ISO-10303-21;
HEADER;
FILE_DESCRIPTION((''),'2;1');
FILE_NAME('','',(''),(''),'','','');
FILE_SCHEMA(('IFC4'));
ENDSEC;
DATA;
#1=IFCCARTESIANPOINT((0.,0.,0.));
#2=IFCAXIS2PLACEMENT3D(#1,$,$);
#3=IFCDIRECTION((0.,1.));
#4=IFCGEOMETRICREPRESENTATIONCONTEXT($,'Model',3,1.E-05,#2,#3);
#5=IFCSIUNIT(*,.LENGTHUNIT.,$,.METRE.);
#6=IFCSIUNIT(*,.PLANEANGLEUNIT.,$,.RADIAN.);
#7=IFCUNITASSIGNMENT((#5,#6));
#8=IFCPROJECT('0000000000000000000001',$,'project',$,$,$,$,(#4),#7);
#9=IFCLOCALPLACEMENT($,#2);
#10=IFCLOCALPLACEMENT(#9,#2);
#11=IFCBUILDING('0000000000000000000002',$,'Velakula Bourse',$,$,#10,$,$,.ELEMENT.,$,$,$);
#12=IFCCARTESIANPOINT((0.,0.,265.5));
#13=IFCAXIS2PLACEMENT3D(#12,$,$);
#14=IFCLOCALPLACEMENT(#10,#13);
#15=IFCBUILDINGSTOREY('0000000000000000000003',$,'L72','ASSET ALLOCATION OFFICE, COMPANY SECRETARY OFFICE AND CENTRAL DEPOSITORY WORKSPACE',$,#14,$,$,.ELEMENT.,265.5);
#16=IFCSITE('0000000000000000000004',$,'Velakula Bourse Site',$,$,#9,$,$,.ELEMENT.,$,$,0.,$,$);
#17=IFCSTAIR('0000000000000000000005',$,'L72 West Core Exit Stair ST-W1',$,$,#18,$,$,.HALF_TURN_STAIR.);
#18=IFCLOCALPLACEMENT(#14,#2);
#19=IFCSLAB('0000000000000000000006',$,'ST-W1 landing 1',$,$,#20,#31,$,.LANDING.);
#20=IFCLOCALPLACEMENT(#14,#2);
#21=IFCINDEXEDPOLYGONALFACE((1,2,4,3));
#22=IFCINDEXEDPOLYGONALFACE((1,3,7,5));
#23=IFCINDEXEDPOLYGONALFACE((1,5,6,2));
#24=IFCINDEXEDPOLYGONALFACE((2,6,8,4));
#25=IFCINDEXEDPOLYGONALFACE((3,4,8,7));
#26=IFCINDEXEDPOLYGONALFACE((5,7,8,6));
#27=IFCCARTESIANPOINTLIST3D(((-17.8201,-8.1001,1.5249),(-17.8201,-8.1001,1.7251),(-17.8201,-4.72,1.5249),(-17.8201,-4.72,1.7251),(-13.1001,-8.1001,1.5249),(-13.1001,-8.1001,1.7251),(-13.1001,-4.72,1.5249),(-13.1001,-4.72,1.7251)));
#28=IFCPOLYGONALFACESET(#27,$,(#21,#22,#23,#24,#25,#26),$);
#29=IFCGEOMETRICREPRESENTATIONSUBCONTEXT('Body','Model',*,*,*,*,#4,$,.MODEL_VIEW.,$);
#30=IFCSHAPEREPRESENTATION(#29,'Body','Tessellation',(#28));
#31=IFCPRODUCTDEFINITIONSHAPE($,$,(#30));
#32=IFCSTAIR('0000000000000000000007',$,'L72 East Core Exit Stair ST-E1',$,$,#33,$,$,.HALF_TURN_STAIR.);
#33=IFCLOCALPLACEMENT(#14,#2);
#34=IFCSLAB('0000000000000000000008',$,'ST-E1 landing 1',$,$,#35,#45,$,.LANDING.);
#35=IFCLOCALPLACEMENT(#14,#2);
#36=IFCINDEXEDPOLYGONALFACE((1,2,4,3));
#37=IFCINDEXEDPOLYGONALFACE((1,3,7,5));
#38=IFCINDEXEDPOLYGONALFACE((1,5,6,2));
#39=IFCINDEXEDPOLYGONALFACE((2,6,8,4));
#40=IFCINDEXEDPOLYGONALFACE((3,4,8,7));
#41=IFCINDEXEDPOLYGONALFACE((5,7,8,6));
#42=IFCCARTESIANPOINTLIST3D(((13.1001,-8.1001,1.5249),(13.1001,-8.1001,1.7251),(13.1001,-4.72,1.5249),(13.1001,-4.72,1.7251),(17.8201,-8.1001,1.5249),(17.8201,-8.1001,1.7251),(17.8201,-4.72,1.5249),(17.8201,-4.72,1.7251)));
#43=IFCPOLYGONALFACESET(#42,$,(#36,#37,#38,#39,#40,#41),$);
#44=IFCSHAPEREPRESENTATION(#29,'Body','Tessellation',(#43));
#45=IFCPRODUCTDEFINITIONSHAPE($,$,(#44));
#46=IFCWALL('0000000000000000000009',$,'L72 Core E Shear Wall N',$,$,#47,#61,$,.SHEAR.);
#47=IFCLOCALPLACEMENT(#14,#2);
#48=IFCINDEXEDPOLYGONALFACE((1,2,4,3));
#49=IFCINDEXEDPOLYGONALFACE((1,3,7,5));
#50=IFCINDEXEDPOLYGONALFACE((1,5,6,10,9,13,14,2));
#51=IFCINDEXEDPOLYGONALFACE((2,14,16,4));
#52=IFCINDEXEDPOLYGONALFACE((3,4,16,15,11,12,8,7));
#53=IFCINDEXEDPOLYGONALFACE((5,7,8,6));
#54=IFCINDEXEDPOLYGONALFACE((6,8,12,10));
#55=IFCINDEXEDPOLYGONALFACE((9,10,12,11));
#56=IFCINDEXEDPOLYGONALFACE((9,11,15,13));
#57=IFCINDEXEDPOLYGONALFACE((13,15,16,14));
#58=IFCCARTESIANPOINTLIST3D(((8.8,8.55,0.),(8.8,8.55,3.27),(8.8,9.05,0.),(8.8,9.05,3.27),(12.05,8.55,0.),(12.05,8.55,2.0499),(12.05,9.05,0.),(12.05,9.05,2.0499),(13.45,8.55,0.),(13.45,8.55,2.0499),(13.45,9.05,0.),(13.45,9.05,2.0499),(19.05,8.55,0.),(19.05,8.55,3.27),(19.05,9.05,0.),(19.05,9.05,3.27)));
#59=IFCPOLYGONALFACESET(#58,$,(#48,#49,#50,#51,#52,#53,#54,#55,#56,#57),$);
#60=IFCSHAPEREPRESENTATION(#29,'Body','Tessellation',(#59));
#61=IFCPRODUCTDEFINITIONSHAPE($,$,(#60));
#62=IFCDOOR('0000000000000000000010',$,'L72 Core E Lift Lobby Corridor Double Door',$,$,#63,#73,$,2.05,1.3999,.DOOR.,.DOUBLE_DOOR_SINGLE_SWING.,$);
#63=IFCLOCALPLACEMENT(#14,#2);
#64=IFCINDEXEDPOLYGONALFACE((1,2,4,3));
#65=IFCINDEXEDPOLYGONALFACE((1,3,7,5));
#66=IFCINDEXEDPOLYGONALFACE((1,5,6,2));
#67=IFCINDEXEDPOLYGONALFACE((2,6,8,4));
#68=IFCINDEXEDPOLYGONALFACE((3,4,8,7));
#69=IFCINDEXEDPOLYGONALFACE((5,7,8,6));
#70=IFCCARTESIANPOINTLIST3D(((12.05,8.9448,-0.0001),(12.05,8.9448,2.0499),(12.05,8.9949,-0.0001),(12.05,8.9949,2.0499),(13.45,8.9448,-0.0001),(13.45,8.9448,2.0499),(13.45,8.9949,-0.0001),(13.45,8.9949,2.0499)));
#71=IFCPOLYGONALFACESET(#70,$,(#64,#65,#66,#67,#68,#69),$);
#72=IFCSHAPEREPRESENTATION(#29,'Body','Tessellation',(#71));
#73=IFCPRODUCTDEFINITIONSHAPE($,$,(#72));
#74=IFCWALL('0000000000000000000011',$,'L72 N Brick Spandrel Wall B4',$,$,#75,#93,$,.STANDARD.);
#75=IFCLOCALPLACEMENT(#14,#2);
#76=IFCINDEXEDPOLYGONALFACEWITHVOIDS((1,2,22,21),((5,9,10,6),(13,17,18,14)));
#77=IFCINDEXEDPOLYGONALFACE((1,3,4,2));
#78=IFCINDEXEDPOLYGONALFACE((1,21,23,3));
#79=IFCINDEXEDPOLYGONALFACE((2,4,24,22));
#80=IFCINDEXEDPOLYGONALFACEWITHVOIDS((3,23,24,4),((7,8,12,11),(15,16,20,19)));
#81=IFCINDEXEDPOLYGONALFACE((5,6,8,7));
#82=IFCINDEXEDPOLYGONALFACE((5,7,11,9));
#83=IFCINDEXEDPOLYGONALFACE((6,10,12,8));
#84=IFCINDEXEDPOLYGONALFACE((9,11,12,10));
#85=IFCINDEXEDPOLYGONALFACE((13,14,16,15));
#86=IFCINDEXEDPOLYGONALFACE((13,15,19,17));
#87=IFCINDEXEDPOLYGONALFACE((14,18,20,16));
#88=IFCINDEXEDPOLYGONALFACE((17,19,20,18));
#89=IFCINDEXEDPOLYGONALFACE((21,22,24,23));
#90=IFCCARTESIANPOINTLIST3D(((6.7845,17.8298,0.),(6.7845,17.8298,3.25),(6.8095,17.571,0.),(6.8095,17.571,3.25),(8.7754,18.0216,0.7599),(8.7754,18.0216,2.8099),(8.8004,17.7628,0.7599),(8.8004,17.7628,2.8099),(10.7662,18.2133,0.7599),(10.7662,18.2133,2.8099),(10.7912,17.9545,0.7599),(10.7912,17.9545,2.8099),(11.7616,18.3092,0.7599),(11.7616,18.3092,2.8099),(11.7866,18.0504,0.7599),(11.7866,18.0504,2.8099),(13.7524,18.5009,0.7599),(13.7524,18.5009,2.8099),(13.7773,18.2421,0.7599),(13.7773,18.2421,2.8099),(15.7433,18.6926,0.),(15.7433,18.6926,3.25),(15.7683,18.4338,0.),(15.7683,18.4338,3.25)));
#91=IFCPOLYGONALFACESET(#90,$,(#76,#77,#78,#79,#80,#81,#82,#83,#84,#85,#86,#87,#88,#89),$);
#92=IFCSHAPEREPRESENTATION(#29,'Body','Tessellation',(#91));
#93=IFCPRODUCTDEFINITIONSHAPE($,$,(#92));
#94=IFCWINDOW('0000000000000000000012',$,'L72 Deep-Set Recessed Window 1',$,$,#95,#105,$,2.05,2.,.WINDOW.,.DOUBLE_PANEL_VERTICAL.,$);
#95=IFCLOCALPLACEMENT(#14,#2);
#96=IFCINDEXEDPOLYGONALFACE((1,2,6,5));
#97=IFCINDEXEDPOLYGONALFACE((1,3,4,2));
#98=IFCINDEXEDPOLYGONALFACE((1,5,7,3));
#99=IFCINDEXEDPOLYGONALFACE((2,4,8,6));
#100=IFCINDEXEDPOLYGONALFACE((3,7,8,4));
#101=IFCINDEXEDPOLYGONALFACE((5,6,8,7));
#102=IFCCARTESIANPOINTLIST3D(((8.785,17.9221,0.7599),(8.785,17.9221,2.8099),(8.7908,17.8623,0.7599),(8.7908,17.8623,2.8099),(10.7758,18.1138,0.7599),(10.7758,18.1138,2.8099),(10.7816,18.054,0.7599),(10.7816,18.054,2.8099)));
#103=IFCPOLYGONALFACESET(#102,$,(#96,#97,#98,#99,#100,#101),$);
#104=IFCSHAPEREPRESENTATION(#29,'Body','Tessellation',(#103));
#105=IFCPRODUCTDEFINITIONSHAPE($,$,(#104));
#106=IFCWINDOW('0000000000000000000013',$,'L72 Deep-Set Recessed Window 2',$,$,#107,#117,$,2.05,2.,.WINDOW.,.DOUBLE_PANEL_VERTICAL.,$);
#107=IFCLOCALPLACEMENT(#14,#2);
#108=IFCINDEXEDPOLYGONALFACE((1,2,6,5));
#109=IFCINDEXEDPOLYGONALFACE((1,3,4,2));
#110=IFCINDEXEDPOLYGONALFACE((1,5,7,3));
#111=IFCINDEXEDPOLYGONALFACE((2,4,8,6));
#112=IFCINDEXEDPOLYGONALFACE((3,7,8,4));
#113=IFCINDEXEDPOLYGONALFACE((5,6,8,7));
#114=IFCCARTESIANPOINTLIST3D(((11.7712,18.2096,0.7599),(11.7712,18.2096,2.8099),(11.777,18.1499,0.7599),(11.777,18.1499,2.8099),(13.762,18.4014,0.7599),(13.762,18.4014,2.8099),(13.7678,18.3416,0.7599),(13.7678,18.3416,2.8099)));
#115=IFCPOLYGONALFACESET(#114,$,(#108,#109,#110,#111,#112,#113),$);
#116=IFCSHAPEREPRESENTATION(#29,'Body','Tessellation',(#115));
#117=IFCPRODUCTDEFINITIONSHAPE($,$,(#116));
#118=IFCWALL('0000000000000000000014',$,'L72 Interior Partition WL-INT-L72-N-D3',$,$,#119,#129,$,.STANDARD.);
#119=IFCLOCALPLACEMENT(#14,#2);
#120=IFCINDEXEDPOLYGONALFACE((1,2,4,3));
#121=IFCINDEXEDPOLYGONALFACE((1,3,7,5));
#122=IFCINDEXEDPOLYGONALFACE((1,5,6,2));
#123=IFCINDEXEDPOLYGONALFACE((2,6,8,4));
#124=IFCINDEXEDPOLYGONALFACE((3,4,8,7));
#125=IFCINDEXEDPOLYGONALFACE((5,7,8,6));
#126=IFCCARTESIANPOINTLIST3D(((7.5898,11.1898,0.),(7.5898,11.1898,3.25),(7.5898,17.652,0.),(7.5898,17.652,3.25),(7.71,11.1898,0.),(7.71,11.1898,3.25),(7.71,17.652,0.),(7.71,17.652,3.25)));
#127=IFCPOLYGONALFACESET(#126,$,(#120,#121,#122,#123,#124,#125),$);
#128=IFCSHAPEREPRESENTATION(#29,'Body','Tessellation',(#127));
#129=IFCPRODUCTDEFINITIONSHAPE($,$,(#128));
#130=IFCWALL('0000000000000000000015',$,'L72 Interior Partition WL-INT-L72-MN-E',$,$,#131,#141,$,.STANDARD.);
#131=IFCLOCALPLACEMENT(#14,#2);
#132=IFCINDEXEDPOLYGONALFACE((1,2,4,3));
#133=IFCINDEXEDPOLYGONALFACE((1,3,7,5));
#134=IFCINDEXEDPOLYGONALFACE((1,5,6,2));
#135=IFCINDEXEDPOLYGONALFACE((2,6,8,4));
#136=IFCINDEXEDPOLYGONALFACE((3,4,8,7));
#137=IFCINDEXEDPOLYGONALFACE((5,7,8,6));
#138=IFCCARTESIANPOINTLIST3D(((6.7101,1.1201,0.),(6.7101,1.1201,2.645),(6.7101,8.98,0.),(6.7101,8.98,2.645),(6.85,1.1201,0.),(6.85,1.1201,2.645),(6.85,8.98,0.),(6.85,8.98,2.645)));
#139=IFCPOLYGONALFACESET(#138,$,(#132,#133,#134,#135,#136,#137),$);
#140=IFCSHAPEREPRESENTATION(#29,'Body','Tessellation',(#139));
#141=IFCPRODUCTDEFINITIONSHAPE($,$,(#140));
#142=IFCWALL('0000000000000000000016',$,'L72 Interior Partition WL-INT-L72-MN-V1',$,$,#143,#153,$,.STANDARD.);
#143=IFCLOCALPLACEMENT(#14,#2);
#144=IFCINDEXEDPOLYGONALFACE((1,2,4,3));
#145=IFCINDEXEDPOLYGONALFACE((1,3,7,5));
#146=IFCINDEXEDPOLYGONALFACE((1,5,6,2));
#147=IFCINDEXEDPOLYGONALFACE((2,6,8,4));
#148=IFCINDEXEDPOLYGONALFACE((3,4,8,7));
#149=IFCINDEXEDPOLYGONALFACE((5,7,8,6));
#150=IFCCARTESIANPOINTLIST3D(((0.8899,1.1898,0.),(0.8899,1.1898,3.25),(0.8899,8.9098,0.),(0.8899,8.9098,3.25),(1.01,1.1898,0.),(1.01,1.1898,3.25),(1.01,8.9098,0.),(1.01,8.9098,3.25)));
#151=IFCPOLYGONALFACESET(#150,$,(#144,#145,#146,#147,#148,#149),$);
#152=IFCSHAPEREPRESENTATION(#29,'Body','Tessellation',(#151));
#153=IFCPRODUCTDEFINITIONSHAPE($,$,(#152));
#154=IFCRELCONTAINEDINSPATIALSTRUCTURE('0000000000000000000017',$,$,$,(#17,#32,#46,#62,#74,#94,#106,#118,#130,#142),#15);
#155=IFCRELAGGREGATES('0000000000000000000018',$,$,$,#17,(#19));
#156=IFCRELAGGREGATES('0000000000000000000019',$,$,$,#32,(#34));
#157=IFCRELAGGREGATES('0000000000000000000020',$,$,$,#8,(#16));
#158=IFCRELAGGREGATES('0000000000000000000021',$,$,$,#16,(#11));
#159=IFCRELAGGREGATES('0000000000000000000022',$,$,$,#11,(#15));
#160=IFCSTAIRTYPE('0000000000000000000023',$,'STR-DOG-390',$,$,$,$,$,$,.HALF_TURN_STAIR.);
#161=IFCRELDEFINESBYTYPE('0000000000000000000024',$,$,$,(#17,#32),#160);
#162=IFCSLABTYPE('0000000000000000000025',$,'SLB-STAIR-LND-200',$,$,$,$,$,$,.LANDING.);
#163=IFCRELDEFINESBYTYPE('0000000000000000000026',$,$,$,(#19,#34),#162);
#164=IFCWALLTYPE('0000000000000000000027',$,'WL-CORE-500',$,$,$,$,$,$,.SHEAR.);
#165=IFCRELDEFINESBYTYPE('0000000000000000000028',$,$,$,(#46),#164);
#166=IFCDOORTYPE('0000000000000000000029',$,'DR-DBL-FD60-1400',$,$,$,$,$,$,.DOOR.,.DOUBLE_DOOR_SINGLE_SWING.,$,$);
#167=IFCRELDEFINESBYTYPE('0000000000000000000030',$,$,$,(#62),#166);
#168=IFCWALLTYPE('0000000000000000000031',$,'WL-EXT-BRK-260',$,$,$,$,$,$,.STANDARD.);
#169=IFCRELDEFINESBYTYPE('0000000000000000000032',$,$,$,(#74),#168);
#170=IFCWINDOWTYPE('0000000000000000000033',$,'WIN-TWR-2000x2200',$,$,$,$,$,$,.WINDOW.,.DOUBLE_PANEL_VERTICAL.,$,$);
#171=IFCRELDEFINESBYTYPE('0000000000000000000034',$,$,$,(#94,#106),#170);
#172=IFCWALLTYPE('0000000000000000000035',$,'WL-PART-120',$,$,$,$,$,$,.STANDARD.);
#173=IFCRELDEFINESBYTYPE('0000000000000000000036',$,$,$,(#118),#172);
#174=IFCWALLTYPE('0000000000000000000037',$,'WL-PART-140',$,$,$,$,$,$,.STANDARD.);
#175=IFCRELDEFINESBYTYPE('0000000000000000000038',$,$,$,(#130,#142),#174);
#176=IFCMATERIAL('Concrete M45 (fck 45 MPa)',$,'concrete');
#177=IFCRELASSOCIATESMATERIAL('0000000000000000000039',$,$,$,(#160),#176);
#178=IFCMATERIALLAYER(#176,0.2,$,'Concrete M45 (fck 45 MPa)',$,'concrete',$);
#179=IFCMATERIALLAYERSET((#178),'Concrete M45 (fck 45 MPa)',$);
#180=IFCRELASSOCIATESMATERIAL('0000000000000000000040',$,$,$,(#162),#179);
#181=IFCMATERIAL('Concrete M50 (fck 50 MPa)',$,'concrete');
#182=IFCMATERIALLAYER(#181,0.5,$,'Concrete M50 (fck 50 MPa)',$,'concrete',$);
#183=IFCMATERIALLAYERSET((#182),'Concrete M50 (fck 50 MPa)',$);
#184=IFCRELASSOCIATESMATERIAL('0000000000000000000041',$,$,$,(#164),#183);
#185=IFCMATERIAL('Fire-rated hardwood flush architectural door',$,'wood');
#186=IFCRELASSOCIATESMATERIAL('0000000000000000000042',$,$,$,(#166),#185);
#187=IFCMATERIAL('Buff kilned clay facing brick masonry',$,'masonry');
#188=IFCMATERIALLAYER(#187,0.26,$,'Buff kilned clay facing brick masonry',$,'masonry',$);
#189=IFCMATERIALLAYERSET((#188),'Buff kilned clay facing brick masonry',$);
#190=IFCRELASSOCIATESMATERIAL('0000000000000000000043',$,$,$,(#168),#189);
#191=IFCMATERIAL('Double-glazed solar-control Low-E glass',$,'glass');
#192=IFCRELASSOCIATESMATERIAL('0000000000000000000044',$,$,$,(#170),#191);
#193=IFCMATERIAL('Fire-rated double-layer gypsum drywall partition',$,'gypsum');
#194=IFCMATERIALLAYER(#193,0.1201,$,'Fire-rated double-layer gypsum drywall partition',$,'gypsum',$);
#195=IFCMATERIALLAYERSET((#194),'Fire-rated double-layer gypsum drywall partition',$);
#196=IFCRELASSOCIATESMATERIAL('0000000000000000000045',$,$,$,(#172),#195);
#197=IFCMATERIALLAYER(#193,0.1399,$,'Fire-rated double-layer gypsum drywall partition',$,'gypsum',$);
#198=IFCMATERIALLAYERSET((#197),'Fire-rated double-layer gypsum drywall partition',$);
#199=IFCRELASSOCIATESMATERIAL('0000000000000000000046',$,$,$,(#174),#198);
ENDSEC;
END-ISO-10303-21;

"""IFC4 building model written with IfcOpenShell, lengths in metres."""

from ifc_helpers import new_model, si_unit, direction, frame, frame_2d, origin, place, context, subcontext, project, spatial, polyline, rectangle, outline, extrude, material, layer, layer_set, type_object, element, fill, aggregate, save


model = new_model("IFC4")

# Units and contexts
model_context = context("Model", 3, precision=1e-05, world=origin(), true_north=direction((0.0, 1.0)))
body_context = subcontext(model_context, "Body", "Model", "MODEL_VIEW")
ifc_project = project(units=[si_unit("LENGTHUNIT", "METRE"), si_unit("PLANEANGLEUNIT", "RADIAN")], contexts=[model_context])

# Site, building, storey
site_placement = place(None, origin())
site = spatial("IfcSite", under=ifc_project, at=site_placement, Name="Velakula Bourse Site", CompositionType="ELEMENT", RefElevation=0.0)
building_placement = place(site_placement, origin())
building = spatial("IfcBuilding", under=site, at=building_placement, Name="Velakula Bourse", CompositionType="ELEMENT")
storey_placement = place(building_placement, frame((0.0, 0.0, 265.5)))
storey = spatial("IfcBuildingStorey", under=building, at=storey_placement, Name="L72", Description="ASSET ALLOCATION OFFICE, COMPANY SECRETARY OFFICE AND CENTRAL DEPOSITORY WORKSPACE", CompositionType="ELEMENT", Elevation=265.5)

# Shared definitions
ifc_material_1 = material(Name="Concrete M50 (fck 50 MPa)", Category="concrete")

# Stairs, slabs
ifc_material_2 = material(Name="Concrete M45 (fck 45 MPa)", Category="concrete")
stair_type = type_object("IfcStairType", Name="STR-DOG-390", PredefinedType="HALF_TURN_STAIR", material=ifc_material_2)
stair_1_placement = place(storey_placement, origin())
stair_1 = element("IfcStair", 1, at=stair_1_placement, inside=storey, type_object=stair_type, Name="L72 West Core Exit Stair ST-W1", PredefinedType="HALF_TURN_STAIR")
ifc_layer_1 = layer(ifc_material_2, 0.2, Name="Concrete M45 (fck 45 MPa)", Category="concrete")
ifc_layer_set_1 = layer_set([ifc_layer_1], Name="Concrete M45 (fck 45 MPa)")
slab_type = type_object("IfcSlabType", Name="SLB-STAIR-LND-200", PredefinedType="LANDING", material=ifc_layer_set_1)
slab_1_placement = place(storey_placement, frame((0.0, 0.0, 1.5249)))
slab_1 = element("IfcSlab", 2, at=slab_1_placement, type_object=slab_type, Name="ST-W1 landing 1", PredefinedType="LANDING", context=body_context, shape_type="SweptSolid", body=[
    extrude(outline(polyline([(-17.8201, -4.72), (-17.8201, -8.1001), (-13.1001, -8.1001), (-13.1001, -4.72), (-17.8201, -4.72)])), origin(), (0.0, 0.0, 1.0), 0.2002),
])
aggregate(stair_1, [slab_1])
stair_2_placement = place(storey_placement, origin())
stair_2 = element("IfcStair", 3, at=stair_2_placement, inside=storey, type_object=stair_type, Name="L72 East Core Exit Stair ST-E1", PredefinedType="HALF_TURN_STAIR")
slab_2_placement = place(storey_placement, frame((0.0, 0.0, 1.5249)))
slab_2 = element("IfcSlab", 4, at=slab_2_placement, type_object=slab_type, Name="ST-E1 landing 1", PredefinedType="LANDING", context=body_context, shape_type="SweptSolid", body=[
    extrude(outline(polyline([(13.1001, -4.72), (13.1001, -8.1001), (17.8201, -8.1001), (17.8201, -4.72), (13.1001, -4.72)])), origin(), (0.0, 0.0, 1.0), 0.2002),
])
aggregate(stair_2, [slab_2])

# Wall, opening, door
ifc_layer_2 = layer(ifc_material_1, 0.5, Name="Concrete M50 (fck 50 MPa)", Category="concrete")
ifc_layer_set_2 = layer_set([ifc_layer_2], Name="Concrete M50 (fck 50 MPa)")
wall_type_1 = type_object("IfcWallType", Name="WL-CORE-500", PredefinedType="SHEAR", material=ifc_layer_set_2)
wall_1_placement = place(storey_placement, frame((8.8, 8.8, 0.0), z_axis=(0.0, 0.0, 1.0), x_axis=(1.0, 0.0, 0.0)))
wall_1 = element("IfcWall", 5, at=wall_1_placement, inside=storey, type_object=wall_type_1, Name="L72 Core E Shear Wall N", PredefinedType="SHEAR", context=body_context, shape_type="SweptSolid", body=[
    extrude(rectangle(XDim=10.25, YDim=0.5, at=frame_2d((5.125, 0.0))), origin(), (0.0, 0.0, 1.0), 3.27),
])
opening_1_placement = place(wall_1_placement, frame((3.25, 0.0, 0.0)))
opening_1 = element("IfcOpeningElement", 6, at=opening_1_placement, cuts=wall_1, PredefinedType="OPENING", context=body_context, shape_type="SweptSolid", body=[
    extrude(rectangle(XDim=1.3999, YDim=2.05, at=frame_2d((0.7, 1.0249))), frame((0.0, 0.26, 0.0), z_axis=(0.0, -1.0, 0.0), x_axis=(1.0, 0.0, 0.0)), (0.0, 0.0, 1.0), 0.52),
])
ifc_material_3 = material(Name="Fire-rated hardwood flush architectural door", Category="wood")
door_type = type_object("IfcDoorType", Name="DR-DBL-FD60-1400", OperationType="DOUBLE_DOOR_SINGLE_SWING", PredefinedType="DOOR", material=ifc_material_3)
door_placement = place(opening_1_placement, origin())
door = element("IfcDoor", 7, at=door_placement, inside=storey, type_object=door_type, Name="L72 Core E Lift Lobby Corridor Double Door", OperationType="DOUBLE_DOOR_SINGLE_SWING", OverallHeight=2.05, OverallWidth=1.3999, PredefinedType="DOOR", context=body_context, shape_type="SweptSolid", body=[
    extrude(rectangle(XDim=1.3999, YDim=2.05, at=frame_2d((0.7, 1.0249))), frame((0.0, 0.1948, 0.0), z_axis=(0.0, -1.0, 0.0), x_axis=(1.0, 0.0, 0.0)), (0.0, 0.0, 1.0), 0.05),
])
fill(opening_1, door)

# Wall, openings, windows
ifc_material_4 = material(Name="Buff kilned clay facing brick masonry", Category="masonry")
ifc_layer_3 = layer(ifc_material_4, 0.26, Name="Buff kilned clay facing brick masonry", Category="masonry")
ifc_layer_set_3 = layer_set([ifc_layer_3], Name="Buff kilned clay facing brick masonry")
wall_type_2 = type_object("IfcWallType", Name="WL-EXT-BRK-260", PredefinedType="STANDARD", material=ifc_layer_set_3)
wall_2_placement = place(storey_placement, frame((6.7971, 17.7004, 0.0), z_axis=(0.0, 0.0, 1.0), x_axis=(0.995394, 0.095864, 0.0)))
wall_2 = element("IfcWall", 8, at=wall_2_placement, inside=storey, type_object=wall_type_2, Name="L72 N Brick Spandrel Wall B4", PredefinedType="STANDARD", context=body_context, shape_type="SweptSolid", body=[
    extrude(rectangle(XDim=9.0002, YDim=0.26, at=frame_2d((4.5, 0.0))), origin(), (0.0, 0.0, 1.0), 3.25),
])
opening_2_placement = place(wall_2_placement, frame((2.0, 0.0, 0.76)))
opening_2 = element("IfcOpeningElement", 9, at=opening_2_placement, cuts=wall_2, PredefinedType="OPENING", context=body_context, shape_type="SweptSolid", body=[
    extrude(rectangle(XDim=2.0, YDim=2.05, at=frame_2d((1.0, 1.0249))), frame((0.0, 0.1399, 0.0), z_axis=(0.0, -1.0, 0.0), x_axis=(1.0, 0.0, 0.0)), (0.0, 0.0, 1.0), 0.28),
])
opening_3_placement = place(wall_2_placement, frame((5.0, 0.0, 0.76)))
opening_3 = element("IfcOpeningElement", 10, at=opening_3_placement, cuts=wall_2, PredefinedType="OPENING", context=body_context, shape_type="SweptSolid", body=[
    extrude(rectangle(XDim=2.0, YDim=2.05, at=frame_2d((1.0, 1.0249))), frame((0.0, 0.1399, 0.0), z_axis=(0.0, -1.0, 0.0), x_axis=(1.0, 0.0, 0.0)), (0.0, 0.0, 1.0), 0.28),
])
ifc_material_5 = material(Name="Double-glazed solar-control Low-E glass", Category="glass")
window_type = type_object("IfcWindowType", Name="WIN-TWR-2000x2200", PartitioningType="DOUBLE_PANEL_VERTICAL", PredefinedType="WINDOW", material=ifc_material_5)
window_1_placement = place(opening_2_placement, origin())
window_1 = element("IfcWindow", 11, at=window_1_placement, inside=storey, type_object=window_type, Name="L72 Deep-Set Recessed Window 1", OverallHeight=2.05, OverallWidth=2.0, PartitioningType="DOUBLE_PANEL_VERTICAL", PredefinedType="WINDOW", context=body_context, shape_type="SweptSolid", body=[
    extrude(rectangle(XDim=2.0, YDim=2.05, at=frame_2d((1.0, 1.0249))), frame((0.0, 0.03, 0.0), z_axis=(0.0, -1.0, 0.0), x_axis=(1.0, 0.0, 0.0)), (0.0, 0.0, 1.0), 0.0601),
])
fill(opening_2, window_1)
window_2_placement = place(opening_3_placement, origin())
window_2 = element("IfcWindow", 12, at=window_2_placement, inside=storey, type_object=window_type, Name="L72 Deep-Set Recessed Window 2", OverallHeight=2.05, OverallWidth=2.0, PartitioningType="DOUBLE_PANEL_VERTICAL", PredefinedType="WINDOW", context=body_context, shape_type="SweptSolid", body=[
    extrude(rectangle(XDim=2.0, YDim=2.05, at=frame_2d((1.0, 1.0249))), frame((0.0, 0.03, 0.0), z_axis=(0.0, -1.0, 0.0), x_axis=(1.0, 0.0, 0.0)), (0.0, 0.0, 1.0), 0.0601),
])
fill(opening_3, window_2)

# Walls
ifc_material_6 = material(Name="Fire-rated double-layer gypsum drywall partition", Category="gypsum")
ifc_layer_4 = layer(ifc_material_6, 0.1201, Name="Fire-rated double-layer gypsum drywall partition", Category="gypsum")
ifc_layer_set_4 = layer_set([ifc_layer_4], Name="Fire-rated double-layer gypsum drywall partition")
wall_type_3 = type_object("IfcWallType", Name="WL-PART-120", PredefinedType="STANDARD", material=ifc_layer_set_4)
wall_3_placement = place(storey_placement, frame((7.6499, 11.1899, 0.0), z_axis=(0.0, 0.0, 1.0), x_axis=(0.0, 1.0, 0.0)))
element("IfcWall", 13, at=wall_3_placement, inside=storey, type_object=wall_type_3, Name="L72 Interior Partition WL-INT-L72-N-D3", PredefinedType="STANDARD", context=body_context, shape_type="SweptSolid", body=[
    extrude(rectangle(XDim=6.4622, YDim=0.1201, at=frame_2d((3.231, 0.0))), origin(), (0.0, 0.0, 1.0), 3.25),
])
ifc_layer_5 = layer(ifc_material_6, 0.1399, Name="Fire-rated double-layer gypsum drywall partition", Category="gypsum")
ifc_layer_set_5 = layer_set([ifc_layer_5], Name="Fire-rated double-layer gypsum drywall partition")
wall_type_4 = type_object("IfcWallType", Name="WL-PART-140", PredefinedType="STANDARD", material=ifc_layer_set_5)
wall_4_placement = place(storey_placement, frame((6.78, 1.1201, 0.0), z_axis=(0.0, 0.0, 1.0), x_axis=(0.0, 1.0, 0.0)))
element("IfcWall", 14, at=wall_4_placement, inside=storey, type_object=wall_type_4, Name="L72 Interior Partition WL-INT-L72-MN-E", PredefinedType="STANDARD", context=body_context, shape_type="SweptSolid", body=[
    extrude(rectangle(XDim=7.8599, YDim=0.1399, at=frame_2d((3.9299, 0.0))), origin(), (0.0, 0.0, 1.0), 2.645),
])
wall_5_placement = place(storey_placement, frame((0.95, 1.1899, 0.0), z_axis=(0.0, 0.0, 1.0), x_axis=(0.0, 1.0, 0.0)))
element("IfcWall", 15, at=wall_5_placement, inside=storey, type_object=wall_type_4, Name="L72 Interior Partition WL-INT-L72-MN-V1", PredefinedType="STANDARD", context=body_context, shape_type="SweptSolid", body=[
    extrude(rectangle(XDim=7.72, YDim=0.1201, at=frame_2d((3.8599, 0.0))), origin(), (0.0, 0.0, 1.0), 3.25),
])

save(model, "model.ifc")
